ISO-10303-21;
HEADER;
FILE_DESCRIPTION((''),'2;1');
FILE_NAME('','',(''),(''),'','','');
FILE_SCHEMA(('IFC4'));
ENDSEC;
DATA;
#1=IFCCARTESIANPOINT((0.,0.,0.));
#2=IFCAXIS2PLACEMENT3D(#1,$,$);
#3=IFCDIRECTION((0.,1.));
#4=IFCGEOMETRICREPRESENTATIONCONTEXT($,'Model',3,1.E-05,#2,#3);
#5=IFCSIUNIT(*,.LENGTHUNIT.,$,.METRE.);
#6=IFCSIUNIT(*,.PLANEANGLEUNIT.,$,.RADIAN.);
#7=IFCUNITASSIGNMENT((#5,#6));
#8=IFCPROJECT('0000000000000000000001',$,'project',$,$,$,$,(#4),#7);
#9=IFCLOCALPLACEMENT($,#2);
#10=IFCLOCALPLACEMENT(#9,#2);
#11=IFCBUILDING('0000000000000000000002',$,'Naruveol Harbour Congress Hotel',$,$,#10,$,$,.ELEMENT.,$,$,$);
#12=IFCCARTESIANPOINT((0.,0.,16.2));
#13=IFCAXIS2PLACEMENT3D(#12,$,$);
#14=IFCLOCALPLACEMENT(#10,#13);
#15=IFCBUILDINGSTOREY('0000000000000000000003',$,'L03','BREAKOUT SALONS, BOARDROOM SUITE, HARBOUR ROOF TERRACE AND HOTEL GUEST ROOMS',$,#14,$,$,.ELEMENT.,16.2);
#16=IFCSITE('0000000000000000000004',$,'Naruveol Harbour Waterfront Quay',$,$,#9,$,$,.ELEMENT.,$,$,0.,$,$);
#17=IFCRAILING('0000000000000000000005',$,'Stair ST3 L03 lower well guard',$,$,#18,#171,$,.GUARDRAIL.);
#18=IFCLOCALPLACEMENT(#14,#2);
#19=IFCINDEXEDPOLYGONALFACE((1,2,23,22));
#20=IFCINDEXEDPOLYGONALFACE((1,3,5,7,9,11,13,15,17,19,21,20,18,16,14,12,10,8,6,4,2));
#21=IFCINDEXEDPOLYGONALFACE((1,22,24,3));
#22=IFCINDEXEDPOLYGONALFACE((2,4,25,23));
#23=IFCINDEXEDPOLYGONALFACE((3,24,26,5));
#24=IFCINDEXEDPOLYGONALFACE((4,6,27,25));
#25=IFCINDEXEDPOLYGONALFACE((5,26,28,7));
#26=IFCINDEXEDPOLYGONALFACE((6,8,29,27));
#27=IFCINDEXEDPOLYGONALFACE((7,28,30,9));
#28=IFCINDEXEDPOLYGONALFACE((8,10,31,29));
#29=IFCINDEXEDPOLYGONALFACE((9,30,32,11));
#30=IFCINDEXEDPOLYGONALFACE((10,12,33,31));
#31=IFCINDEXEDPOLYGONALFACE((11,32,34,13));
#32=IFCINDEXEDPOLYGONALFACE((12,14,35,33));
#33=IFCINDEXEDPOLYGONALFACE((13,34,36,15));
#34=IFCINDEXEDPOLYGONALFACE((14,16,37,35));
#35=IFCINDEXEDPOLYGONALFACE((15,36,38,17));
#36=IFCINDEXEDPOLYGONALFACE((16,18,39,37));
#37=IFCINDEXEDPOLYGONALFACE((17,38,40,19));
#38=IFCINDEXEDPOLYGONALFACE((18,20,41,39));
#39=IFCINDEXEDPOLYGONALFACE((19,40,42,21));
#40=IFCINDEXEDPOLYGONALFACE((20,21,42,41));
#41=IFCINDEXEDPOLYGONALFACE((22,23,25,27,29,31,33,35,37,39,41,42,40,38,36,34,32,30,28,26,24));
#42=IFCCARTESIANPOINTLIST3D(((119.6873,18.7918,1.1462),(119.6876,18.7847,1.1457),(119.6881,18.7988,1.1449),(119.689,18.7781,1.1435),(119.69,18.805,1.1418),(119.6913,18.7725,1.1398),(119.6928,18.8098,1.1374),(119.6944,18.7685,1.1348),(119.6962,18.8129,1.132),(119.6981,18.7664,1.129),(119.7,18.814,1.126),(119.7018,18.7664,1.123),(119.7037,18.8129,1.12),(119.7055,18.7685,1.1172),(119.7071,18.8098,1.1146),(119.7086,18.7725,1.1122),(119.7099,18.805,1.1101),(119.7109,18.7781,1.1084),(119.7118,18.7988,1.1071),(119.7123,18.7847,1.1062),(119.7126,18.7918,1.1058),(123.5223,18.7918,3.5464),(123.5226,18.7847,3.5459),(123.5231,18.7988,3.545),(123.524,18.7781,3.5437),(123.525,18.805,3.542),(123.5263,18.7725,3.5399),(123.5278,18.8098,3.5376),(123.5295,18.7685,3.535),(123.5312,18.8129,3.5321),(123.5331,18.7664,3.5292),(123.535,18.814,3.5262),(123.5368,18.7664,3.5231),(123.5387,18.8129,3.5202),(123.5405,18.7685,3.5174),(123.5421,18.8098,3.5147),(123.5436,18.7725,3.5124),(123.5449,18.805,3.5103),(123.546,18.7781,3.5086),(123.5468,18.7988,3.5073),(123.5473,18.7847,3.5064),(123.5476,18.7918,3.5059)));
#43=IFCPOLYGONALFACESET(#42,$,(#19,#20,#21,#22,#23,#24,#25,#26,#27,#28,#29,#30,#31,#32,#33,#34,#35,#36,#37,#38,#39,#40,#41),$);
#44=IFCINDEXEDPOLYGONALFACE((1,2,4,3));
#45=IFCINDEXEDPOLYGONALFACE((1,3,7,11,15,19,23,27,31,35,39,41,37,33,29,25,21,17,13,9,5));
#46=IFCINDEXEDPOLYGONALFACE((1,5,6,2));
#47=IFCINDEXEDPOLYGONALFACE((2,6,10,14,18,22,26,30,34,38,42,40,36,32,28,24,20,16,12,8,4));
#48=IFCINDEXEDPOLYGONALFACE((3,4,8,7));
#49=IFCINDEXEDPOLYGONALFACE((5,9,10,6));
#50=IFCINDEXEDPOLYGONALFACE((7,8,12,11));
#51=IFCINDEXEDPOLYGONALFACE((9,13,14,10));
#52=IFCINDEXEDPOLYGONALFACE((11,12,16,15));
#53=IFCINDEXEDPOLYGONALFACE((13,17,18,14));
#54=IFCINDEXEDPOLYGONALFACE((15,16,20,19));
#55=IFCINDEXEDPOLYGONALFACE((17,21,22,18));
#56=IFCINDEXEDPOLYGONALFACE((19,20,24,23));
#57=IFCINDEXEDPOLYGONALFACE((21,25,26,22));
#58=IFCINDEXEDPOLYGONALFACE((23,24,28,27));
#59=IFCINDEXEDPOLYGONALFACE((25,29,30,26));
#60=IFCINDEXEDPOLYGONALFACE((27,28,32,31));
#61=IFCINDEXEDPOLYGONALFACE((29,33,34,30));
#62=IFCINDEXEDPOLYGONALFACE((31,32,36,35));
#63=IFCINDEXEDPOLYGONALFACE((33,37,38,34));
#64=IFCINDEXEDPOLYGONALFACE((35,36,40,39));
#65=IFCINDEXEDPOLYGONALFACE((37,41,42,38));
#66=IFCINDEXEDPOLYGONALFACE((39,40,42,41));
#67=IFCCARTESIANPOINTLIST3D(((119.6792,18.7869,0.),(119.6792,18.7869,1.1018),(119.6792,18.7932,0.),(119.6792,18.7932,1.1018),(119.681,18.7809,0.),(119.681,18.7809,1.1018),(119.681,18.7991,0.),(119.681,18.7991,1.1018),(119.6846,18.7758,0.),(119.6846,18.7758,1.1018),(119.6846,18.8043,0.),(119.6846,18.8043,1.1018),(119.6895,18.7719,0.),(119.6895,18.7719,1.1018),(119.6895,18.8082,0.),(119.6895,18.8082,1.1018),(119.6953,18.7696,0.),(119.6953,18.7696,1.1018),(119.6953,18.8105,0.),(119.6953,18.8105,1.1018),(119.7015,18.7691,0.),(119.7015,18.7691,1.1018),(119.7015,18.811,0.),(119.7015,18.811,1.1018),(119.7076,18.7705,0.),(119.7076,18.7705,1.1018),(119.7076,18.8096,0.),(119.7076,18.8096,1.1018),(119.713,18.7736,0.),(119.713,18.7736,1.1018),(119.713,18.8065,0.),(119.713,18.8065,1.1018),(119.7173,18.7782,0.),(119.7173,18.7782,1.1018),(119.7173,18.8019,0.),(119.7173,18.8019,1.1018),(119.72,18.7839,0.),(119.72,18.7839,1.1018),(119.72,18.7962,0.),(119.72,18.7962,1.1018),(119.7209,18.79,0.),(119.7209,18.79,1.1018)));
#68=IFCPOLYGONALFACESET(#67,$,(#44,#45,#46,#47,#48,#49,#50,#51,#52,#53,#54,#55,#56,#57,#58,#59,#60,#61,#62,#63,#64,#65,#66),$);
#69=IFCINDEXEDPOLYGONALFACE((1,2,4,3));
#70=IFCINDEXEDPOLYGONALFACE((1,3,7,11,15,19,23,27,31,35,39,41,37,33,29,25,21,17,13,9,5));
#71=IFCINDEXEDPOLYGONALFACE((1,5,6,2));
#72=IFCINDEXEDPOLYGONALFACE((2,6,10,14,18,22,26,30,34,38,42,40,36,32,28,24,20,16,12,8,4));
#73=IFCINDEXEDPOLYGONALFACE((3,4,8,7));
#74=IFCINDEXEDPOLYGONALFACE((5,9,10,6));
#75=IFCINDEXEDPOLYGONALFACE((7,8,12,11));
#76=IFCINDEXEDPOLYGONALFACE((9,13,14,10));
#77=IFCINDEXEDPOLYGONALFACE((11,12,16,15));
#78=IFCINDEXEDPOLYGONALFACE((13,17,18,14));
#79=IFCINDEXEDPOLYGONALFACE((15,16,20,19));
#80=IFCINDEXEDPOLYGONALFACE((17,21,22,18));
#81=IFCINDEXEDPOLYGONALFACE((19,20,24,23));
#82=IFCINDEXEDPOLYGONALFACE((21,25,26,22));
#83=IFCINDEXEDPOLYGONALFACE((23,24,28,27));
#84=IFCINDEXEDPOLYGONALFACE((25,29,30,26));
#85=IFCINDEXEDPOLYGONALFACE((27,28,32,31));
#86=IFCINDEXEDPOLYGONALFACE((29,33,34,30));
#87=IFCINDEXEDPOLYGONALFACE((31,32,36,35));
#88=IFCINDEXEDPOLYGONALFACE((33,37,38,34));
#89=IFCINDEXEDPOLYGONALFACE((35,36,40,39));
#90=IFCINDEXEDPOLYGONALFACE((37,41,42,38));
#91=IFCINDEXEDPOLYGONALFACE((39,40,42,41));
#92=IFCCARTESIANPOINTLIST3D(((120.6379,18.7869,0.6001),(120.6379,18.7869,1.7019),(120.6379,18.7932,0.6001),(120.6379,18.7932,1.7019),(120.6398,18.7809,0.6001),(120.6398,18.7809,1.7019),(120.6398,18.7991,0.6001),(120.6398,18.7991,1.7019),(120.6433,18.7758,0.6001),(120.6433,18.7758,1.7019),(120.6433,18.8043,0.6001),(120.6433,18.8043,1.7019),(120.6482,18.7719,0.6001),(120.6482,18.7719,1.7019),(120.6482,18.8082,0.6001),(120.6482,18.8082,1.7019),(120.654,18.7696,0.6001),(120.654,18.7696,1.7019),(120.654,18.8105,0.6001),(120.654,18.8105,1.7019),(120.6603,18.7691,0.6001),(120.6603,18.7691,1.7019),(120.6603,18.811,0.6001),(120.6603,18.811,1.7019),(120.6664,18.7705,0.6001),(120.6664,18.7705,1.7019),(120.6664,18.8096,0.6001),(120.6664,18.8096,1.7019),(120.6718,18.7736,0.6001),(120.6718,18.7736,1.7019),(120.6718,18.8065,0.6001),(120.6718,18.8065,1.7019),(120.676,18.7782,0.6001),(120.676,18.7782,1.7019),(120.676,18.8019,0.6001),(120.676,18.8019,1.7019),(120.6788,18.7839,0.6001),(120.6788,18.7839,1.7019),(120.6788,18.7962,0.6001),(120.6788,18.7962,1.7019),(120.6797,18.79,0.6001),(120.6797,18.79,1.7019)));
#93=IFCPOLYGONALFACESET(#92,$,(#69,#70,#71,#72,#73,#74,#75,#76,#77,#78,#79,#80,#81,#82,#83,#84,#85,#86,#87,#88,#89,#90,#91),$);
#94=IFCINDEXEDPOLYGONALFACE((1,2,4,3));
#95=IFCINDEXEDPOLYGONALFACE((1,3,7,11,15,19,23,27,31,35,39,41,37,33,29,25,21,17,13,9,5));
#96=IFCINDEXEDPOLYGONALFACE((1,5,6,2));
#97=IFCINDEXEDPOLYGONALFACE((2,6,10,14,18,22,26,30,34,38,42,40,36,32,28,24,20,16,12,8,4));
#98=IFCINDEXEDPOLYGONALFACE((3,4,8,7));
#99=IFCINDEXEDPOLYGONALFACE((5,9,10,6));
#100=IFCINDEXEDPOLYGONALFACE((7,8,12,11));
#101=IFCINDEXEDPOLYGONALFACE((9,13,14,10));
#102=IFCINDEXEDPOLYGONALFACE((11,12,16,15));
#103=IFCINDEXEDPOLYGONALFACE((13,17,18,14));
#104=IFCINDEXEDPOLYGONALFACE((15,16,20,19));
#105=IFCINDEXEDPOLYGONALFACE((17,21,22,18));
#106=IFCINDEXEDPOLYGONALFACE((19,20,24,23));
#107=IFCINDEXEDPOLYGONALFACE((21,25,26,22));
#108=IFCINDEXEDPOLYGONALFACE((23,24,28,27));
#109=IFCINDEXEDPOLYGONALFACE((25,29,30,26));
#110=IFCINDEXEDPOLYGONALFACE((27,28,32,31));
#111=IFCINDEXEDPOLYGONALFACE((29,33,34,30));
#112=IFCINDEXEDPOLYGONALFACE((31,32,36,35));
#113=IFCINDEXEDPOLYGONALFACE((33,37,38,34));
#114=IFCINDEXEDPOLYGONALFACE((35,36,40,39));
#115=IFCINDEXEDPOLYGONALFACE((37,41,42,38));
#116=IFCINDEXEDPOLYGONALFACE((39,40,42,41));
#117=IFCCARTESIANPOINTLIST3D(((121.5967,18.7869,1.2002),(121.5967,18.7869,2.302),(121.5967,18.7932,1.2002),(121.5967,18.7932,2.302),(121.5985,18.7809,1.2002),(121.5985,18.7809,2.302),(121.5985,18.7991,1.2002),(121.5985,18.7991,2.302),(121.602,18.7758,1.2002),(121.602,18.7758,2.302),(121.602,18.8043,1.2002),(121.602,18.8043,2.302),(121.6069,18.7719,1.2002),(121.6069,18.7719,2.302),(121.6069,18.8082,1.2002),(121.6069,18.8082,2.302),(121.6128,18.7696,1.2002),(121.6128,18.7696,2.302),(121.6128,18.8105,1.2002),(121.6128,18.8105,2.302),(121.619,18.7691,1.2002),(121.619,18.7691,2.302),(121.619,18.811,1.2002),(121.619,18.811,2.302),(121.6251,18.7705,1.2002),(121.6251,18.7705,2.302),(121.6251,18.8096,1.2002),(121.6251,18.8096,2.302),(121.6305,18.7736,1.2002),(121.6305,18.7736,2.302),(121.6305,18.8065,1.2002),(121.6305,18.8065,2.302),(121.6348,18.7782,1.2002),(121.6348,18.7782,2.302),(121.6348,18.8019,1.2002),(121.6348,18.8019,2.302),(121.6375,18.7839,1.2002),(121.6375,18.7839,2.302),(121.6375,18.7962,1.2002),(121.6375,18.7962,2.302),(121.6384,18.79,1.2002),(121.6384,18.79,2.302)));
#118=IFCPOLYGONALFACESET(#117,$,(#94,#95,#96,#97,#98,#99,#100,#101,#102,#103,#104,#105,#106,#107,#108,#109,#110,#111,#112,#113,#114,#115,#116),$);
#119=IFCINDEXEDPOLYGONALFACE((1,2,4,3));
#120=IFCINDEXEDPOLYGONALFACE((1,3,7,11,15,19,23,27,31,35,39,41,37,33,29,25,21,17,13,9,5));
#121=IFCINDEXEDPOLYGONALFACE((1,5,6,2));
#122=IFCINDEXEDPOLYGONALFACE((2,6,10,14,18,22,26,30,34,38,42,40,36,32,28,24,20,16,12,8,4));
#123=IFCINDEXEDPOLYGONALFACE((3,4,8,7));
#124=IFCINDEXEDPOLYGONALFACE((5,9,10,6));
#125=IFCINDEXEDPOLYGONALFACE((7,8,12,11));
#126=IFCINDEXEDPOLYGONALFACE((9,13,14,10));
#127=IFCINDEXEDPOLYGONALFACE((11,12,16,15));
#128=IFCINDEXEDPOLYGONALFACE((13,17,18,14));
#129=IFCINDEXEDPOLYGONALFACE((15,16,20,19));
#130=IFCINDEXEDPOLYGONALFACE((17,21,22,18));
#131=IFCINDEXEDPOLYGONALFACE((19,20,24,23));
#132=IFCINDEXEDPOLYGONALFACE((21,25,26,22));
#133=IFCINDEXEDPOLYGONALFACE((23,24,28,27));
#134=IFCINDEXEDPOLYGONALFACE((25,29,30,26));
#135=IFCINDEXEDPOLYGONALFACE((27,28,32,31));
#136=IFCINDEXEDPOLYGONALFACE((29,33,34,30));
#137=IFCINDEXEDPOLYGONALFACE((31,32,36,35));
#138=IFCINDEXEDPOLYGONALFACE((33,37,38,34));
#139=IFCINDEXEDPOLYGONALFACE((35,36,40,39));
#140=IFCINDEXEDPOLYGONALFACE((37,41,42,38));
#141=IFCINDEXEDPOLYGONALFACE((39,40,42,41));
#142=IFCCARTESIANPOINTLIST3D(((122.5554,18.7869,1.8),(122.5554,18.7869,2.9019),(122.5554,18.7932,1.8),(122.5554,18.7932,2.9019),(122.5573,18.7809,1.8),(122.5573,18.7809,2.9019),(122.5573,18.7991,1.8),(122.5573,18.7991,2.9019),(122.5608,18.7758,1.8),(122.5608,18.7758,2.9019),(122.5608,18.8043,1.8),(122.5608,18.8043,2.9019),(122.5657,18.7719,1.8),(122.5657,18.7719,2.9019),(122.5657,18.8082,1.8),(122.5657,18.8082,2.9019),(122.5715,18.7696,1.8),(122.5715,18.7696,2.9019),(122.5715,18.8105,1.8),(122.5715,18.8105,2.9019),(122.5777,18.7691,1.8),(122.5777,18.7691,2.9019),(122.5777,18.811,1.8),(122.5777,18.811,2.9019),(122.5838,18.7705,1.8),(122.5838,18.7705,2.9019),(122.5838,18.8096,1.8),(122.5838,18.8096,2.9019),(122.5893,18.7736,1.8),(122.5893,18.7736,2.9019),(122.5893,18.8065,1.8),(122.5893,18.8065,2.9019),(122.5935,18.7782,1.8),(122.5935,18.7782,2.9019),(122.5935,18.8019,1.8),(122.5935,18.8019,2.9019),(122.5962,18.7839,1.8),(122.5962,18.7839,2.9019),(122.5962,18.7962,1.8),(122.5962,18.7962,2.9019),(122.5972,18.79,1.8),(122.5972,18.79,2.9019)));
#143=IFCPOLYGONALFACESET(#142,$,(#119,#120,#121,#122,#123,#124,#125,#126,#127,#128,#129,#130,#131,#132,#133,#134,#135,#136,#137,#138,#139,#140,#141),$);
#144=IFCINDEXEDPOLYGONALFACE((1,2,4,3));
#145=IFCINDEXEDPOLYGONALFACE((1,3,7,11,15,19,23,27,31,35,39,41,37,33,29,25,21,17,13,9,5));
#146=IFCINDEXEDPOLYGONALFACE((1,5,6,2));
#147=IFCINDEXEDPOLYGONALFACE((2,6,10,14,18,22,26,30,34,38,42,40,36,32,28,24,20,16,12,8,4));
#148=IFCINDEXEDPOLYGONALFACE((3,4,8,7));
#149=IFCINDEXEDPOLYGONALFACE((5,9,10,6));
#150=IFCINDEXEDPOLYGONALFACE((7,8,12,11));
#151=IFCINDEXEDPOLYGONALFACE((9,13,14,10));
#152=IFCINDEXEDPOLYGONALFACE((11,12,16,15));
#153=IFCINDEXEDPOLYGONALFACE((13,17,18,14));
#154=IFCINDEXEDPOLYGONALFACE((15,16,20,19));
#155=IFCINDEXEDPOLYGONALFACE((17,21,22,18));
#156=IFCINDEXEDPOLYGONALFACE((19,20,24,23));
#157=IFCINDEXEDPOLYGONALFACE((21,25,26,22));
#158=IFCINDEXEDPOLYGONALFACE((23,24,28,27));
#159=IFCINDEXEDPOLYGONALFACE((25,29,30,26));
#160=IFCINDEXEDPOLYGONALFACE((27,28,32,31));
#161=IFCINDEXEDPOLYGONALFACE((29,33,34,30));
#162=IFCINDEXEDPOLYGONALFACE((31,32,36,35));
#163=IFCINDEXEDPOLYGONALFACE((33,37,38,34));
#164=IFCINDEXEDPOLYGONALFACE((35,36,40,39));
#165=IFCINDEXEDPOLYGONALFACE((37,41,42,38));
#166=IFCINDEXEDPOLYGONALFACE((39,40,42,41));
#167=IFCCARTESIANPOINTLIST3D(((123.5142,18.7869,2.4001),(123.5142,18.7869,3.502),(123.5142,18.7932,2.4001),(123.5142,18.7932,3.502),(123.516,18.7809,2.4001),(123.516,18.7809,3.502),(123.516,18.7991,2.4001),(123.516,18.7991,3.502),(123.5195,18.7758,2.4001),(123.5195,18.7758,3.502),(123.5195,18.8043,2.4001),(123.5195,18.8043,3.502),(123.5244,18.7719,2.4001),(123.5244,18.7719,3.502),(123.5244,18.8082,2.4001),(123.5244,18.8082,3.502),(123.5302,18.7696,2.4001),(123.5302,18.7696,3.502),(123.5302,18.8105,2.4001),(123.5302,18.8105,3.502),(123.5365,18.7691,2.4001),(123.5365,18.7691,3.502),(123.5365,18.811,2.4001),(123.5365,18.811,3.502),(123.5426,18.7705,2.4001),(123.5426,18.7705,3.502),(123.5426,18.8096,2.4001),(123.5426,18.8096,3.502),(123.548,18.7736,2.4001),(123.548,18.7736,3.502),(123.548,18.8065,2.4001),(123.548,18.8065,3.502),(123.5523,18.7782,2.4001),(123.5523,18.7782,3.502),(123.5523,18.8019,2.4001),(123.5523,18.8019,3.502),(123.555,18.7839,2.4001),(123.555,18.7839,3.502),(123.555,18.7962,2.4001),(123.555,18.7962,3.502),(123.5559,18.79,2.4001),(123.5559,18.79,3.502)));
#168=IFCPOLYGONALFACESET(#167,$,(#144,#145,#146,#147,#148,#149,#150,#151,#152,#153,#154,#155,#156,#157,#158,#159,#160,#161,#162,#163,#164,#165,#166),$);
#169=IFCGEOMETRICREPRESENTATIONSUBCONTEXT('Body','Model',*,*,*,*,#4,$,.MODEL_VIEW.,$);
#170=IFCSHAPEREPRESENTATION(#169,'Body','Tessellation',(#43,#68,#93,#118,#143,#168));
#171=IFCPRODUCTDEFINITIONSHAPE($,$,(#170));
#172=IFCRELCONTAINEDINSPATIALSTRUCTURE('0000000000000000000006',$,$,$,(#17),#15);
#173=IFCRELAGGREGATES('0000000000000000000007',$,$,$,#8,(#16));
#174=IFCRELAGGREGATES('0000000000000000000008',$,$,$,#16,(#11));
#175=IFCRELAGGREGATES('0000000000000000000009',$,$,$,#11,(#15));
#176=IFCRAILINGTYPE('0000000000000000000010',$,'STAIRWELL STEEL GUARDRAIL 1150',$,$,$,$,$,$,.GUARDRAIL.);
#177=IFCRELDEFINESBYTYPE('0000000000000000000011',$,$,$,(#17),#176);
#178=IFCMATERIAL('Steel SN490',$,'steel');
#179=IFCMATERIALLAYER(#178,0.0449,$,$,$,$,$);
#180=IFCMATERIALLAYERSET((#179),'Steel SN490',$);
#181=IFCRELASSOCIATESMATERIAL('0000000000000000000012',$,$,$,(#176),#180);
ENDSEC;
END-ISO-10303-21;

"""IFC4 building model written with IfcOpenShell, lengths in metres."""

from ifc_helpers import new_model, si_unit, direction, frame, origin, origin_2d, place, context, subcontext, project, spatial, circle, extrude, material, layer, layer_set, type_object, element, save


model = new_model("IFC4")

# Units and contexts
model_context = context("Model", 3, precision=1e-05, world=origin(), true_north=direction((0.0, 1.0)))
body_context = subcontext(model_context, "Body", "Model", "MODEL_VIEW")
ifc_project = project(units=[si_unit("LENGTHUNIT", "METRE"), si_unit("PLANEANGLEUNIT", "RADIAN")], contexts=[model_context])

# Site, building, storey
site_placement = place(None, origin())
site = spatial("IfcSite", under=ifc_project, at=site_placement, Name="Naruveol Harbour Waterfront Quay", CompositionType="ELEMENT", RefElevation=0.0)
building_placement = place(site_placement, origin())
building = spatial("IfcBuilding", under=site, at=building_placement, Name="Naruveol Harbour Congress Hotel", CompositionType="ELEMENT")
storey_placement = place(building_placement, frame((0.0, 0.0, 16.2)))
storey = spatial("IfcBuildingStorey", under=building, at=storey_placement, Name="L03", Description="BREAKOUT SALONS, BOARDROOM SUITE, HARBOUR ROOF TERRACE AND HOTEL GUEST ROOMS", CompositionType="ELEMENT", Elevation=16.2)

# Railing
ifc_material_1 = material(Name="Steel SN490", Category="steel")
ifc_layer_1 = layer(ifc_material_1, 0.0449)
ifc_layer_set_1 = layer_set([ifc_layer_1], Name="Steel SN490")
railing_type_1 = type_object("IfcRailingType", Name="STAIRWELL STEEL GUARDRAIL 1150", PredefinedType="GUARDRAIL", material=ifc_layer_set_1)
railing_1_placement = place(storey_placement, frame((119.7, 18.79, 0.0)))
element("IfcRailing", 1, at=railing_1_placement, inside=storey, type_object=railing_type_1, Name="Stair ST3 L03 lower well guard", PredefinedType="GUARDRAIL", context=body_context, shape_type="SweptSolid", body=[
    extrude(circle(Radius=0.0239, at=origin_2d()), frame((0.0, 0.0, 1.126), z_axis=(0.847671, 0.0, 0.530523), x_axis=(0.0, 1.0, 0.0)), (0.0, 0.0, 1.0), 4.5242),
    extrude(circle(Radius=0.021, at=origin_2d()), origin(), (0.0, 0.0, 1.0), 1.1018),
    extrude(circle(Radius=0.021, at=origin_2d()), frame((0.9587, 0.0, 0.6001)), (0.0, 0.0, 1.0), 1.1018),
    extrude(circle(Radius=0.021, at=origin_2d()), frame((1.9175, 0.0, 1.2002)), (0.0, 0.0, 1.0), 1.1018),
    extrude(circle(Radius=0.021, at=origin_2d()), frame((2.8762, 0.0, 1.8)), (0.0, 0.0, 1.0), 1.1018),
    extrude(circle(Radius=0.021, at=origin_2d()), frame((3.835, 0.0, 2.4001)), (0.0, 0.0, 1.0), 1.1018),
])

save(model, "model.ifc")
